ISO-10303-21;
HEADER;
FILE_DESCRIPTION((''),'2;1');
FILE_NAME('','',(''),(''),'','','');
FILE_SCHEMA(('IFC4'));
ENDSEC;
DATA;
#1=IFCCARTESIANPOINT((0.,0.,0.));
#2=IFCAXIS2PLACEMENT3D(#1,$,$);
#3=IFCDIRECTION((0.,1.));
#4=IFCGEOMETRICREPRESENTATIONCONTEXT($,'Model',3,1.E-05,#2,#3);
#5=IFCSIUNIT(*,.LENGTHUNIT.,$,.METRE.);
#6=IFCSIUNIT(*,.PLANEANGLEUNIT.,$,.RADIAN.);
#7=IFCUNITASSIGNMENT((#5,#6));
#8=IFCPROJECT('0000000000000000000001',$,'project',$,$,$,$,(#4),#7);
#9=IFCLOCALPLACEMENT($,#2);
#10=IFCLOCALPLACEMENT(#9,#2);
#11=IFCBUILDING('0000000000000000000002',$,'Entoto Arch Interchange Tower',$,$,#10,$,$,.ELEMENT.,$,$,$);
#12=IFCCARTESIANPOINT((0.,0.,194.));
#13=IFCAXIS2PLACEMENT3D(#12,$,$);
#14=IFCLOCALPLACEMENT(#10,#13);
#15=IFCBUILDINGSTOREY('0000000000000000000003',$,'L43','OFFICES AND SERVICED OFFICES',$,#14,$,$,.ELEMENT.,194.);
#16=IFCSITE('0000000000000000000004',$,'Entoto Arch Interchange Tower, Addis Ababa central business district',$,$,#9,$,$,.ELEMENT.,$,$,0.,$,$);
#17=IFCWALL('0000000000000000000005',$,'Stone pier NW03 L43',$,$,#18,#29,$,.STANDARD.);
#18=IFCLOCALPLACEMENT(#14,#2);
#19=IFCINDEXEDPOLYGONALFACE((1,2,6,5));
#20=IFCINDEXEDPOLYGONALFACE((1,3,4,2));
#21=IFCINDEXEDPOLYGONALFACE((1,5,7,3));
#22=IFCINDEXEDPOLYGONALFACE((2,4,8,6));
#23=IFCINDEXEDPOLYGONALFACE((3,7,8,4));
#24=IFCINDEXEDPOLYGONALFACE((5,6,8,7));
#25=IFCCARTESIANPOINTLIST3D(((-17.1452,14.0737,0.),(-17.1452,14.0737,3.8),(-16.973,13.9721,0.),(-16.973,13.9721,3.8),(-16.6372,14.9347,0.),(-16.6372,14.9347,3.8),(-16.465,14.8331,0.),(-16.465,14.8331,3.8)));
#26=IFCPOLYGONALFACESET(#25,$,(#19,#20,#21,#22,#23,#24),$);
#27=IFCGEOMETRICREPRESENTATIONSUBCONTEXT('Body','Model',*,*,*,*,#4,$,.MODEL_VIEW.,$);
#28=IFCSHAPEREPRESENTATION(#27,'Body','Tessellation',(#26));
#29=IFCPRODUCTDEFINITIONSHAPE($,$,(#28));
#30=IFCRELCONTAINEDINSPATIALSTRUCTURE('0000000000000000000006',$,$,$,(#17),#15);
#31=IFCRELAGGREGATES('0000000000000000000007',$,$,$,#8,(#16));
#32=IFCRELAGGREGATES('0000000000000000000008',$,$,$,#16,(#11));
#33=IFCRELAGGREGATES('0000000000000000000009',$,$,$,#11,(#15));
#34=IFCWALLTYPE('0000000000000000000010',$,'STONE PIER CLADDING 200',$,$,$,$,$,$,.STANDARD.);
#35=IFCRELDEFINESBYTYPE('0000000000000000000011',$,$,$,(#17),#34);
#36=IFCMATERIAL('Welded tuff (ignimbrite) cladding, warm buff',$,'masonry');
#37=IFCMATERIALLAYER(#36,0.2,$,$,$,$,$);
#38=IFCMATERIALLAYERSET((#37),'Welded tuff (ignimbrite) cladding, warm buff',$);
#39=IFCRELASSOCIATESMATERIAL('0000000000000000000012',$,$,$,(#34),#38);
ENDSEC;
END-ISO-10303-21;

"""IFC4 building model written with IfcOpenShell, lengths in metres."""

from ifc_helpers import new_model, si_unit, direction, frame, frame_2d, origin, place, context, subcontext, project, spatial, rectangle, extrude, material, layer, layer_set, type_object, element, save


model = new_model("IFC4")

# Units and contexts
model_context = context("Model", 3, precision=1e-05, world=origin(), true_north=direction((0.0, 1.0)))
body_context = subcontext(model_context, "Body", "Model", "MODEL_VIEW")
ifc_project = project(units=[si_unit("LENGTHUNIT", "METRE"), si_unit("PLANEANGLEUNIT", "RADIAN")], contexts=[model_context])

# Site, building, storey
site_placement = place(None, origin())
site = spatial("IfcSite", under=ifc_project, at=site_placement, Name="Entoto Arch Interchange Tower, Addis Ababa central business district", CompositionType="ELEMENT", RefElevation=0.0)
building_placement = place(site_placement, origin())
building = spatial("IfcBuilding", under=site, at=building_placement, Name="Entoto Arch Interchange Tower", CompositionType="ELEMENT")
storey_placement = place(building_placement, frame((0.0, 0.0, 194.0)))
storey = spatial("IfcBuildingStorey", under=building, at=storey_placement, Name="L43", Description="OFFICES AND SERVICED OFFICES", CompositionType="ELEMENT", Elevation=194.0)

# Shared definitions
ifc_material_1 = material(Name="Welded tuff (ignimbrite) cladding, warm buff", Category="masonry")

# Wall
ifc_layer_1 = layer(ifc_material_1, 0.2)
ifc_layer_set_1 = layer_set([ifc_layer_1], Name="Welded tuff (ignimbrite) cladding, warm buff")
wall_type_1 = type_object("IfcWallType", Name="STONE PIER CLADDING 200", PredefinedType="STANDARD", material=ifc_layer_set_1)
wall_1_placement = place(storey_placement, frame((-16.551, 14.884, 0.0), z_axis=(0.0, 0.0, 1.0), x_axis=(-0.508162, -0.861262, 0.0)))
element("IfcWall", 1, at=wall_1_placement, inside=storey, type_object=wall_type_1, Name="Stone pier NW03 L43", PredefinedType="STANDARD", context=body_context, shape_type="SweptSolid", body=[
    extrude(rectangle(XDim=0.9998, YDim=0.2, at=frame_2d((0.5, 0.0))), origin(), (0.0, 0.0, 1.0), 3.8),
])

save(model, "model.ifc")
